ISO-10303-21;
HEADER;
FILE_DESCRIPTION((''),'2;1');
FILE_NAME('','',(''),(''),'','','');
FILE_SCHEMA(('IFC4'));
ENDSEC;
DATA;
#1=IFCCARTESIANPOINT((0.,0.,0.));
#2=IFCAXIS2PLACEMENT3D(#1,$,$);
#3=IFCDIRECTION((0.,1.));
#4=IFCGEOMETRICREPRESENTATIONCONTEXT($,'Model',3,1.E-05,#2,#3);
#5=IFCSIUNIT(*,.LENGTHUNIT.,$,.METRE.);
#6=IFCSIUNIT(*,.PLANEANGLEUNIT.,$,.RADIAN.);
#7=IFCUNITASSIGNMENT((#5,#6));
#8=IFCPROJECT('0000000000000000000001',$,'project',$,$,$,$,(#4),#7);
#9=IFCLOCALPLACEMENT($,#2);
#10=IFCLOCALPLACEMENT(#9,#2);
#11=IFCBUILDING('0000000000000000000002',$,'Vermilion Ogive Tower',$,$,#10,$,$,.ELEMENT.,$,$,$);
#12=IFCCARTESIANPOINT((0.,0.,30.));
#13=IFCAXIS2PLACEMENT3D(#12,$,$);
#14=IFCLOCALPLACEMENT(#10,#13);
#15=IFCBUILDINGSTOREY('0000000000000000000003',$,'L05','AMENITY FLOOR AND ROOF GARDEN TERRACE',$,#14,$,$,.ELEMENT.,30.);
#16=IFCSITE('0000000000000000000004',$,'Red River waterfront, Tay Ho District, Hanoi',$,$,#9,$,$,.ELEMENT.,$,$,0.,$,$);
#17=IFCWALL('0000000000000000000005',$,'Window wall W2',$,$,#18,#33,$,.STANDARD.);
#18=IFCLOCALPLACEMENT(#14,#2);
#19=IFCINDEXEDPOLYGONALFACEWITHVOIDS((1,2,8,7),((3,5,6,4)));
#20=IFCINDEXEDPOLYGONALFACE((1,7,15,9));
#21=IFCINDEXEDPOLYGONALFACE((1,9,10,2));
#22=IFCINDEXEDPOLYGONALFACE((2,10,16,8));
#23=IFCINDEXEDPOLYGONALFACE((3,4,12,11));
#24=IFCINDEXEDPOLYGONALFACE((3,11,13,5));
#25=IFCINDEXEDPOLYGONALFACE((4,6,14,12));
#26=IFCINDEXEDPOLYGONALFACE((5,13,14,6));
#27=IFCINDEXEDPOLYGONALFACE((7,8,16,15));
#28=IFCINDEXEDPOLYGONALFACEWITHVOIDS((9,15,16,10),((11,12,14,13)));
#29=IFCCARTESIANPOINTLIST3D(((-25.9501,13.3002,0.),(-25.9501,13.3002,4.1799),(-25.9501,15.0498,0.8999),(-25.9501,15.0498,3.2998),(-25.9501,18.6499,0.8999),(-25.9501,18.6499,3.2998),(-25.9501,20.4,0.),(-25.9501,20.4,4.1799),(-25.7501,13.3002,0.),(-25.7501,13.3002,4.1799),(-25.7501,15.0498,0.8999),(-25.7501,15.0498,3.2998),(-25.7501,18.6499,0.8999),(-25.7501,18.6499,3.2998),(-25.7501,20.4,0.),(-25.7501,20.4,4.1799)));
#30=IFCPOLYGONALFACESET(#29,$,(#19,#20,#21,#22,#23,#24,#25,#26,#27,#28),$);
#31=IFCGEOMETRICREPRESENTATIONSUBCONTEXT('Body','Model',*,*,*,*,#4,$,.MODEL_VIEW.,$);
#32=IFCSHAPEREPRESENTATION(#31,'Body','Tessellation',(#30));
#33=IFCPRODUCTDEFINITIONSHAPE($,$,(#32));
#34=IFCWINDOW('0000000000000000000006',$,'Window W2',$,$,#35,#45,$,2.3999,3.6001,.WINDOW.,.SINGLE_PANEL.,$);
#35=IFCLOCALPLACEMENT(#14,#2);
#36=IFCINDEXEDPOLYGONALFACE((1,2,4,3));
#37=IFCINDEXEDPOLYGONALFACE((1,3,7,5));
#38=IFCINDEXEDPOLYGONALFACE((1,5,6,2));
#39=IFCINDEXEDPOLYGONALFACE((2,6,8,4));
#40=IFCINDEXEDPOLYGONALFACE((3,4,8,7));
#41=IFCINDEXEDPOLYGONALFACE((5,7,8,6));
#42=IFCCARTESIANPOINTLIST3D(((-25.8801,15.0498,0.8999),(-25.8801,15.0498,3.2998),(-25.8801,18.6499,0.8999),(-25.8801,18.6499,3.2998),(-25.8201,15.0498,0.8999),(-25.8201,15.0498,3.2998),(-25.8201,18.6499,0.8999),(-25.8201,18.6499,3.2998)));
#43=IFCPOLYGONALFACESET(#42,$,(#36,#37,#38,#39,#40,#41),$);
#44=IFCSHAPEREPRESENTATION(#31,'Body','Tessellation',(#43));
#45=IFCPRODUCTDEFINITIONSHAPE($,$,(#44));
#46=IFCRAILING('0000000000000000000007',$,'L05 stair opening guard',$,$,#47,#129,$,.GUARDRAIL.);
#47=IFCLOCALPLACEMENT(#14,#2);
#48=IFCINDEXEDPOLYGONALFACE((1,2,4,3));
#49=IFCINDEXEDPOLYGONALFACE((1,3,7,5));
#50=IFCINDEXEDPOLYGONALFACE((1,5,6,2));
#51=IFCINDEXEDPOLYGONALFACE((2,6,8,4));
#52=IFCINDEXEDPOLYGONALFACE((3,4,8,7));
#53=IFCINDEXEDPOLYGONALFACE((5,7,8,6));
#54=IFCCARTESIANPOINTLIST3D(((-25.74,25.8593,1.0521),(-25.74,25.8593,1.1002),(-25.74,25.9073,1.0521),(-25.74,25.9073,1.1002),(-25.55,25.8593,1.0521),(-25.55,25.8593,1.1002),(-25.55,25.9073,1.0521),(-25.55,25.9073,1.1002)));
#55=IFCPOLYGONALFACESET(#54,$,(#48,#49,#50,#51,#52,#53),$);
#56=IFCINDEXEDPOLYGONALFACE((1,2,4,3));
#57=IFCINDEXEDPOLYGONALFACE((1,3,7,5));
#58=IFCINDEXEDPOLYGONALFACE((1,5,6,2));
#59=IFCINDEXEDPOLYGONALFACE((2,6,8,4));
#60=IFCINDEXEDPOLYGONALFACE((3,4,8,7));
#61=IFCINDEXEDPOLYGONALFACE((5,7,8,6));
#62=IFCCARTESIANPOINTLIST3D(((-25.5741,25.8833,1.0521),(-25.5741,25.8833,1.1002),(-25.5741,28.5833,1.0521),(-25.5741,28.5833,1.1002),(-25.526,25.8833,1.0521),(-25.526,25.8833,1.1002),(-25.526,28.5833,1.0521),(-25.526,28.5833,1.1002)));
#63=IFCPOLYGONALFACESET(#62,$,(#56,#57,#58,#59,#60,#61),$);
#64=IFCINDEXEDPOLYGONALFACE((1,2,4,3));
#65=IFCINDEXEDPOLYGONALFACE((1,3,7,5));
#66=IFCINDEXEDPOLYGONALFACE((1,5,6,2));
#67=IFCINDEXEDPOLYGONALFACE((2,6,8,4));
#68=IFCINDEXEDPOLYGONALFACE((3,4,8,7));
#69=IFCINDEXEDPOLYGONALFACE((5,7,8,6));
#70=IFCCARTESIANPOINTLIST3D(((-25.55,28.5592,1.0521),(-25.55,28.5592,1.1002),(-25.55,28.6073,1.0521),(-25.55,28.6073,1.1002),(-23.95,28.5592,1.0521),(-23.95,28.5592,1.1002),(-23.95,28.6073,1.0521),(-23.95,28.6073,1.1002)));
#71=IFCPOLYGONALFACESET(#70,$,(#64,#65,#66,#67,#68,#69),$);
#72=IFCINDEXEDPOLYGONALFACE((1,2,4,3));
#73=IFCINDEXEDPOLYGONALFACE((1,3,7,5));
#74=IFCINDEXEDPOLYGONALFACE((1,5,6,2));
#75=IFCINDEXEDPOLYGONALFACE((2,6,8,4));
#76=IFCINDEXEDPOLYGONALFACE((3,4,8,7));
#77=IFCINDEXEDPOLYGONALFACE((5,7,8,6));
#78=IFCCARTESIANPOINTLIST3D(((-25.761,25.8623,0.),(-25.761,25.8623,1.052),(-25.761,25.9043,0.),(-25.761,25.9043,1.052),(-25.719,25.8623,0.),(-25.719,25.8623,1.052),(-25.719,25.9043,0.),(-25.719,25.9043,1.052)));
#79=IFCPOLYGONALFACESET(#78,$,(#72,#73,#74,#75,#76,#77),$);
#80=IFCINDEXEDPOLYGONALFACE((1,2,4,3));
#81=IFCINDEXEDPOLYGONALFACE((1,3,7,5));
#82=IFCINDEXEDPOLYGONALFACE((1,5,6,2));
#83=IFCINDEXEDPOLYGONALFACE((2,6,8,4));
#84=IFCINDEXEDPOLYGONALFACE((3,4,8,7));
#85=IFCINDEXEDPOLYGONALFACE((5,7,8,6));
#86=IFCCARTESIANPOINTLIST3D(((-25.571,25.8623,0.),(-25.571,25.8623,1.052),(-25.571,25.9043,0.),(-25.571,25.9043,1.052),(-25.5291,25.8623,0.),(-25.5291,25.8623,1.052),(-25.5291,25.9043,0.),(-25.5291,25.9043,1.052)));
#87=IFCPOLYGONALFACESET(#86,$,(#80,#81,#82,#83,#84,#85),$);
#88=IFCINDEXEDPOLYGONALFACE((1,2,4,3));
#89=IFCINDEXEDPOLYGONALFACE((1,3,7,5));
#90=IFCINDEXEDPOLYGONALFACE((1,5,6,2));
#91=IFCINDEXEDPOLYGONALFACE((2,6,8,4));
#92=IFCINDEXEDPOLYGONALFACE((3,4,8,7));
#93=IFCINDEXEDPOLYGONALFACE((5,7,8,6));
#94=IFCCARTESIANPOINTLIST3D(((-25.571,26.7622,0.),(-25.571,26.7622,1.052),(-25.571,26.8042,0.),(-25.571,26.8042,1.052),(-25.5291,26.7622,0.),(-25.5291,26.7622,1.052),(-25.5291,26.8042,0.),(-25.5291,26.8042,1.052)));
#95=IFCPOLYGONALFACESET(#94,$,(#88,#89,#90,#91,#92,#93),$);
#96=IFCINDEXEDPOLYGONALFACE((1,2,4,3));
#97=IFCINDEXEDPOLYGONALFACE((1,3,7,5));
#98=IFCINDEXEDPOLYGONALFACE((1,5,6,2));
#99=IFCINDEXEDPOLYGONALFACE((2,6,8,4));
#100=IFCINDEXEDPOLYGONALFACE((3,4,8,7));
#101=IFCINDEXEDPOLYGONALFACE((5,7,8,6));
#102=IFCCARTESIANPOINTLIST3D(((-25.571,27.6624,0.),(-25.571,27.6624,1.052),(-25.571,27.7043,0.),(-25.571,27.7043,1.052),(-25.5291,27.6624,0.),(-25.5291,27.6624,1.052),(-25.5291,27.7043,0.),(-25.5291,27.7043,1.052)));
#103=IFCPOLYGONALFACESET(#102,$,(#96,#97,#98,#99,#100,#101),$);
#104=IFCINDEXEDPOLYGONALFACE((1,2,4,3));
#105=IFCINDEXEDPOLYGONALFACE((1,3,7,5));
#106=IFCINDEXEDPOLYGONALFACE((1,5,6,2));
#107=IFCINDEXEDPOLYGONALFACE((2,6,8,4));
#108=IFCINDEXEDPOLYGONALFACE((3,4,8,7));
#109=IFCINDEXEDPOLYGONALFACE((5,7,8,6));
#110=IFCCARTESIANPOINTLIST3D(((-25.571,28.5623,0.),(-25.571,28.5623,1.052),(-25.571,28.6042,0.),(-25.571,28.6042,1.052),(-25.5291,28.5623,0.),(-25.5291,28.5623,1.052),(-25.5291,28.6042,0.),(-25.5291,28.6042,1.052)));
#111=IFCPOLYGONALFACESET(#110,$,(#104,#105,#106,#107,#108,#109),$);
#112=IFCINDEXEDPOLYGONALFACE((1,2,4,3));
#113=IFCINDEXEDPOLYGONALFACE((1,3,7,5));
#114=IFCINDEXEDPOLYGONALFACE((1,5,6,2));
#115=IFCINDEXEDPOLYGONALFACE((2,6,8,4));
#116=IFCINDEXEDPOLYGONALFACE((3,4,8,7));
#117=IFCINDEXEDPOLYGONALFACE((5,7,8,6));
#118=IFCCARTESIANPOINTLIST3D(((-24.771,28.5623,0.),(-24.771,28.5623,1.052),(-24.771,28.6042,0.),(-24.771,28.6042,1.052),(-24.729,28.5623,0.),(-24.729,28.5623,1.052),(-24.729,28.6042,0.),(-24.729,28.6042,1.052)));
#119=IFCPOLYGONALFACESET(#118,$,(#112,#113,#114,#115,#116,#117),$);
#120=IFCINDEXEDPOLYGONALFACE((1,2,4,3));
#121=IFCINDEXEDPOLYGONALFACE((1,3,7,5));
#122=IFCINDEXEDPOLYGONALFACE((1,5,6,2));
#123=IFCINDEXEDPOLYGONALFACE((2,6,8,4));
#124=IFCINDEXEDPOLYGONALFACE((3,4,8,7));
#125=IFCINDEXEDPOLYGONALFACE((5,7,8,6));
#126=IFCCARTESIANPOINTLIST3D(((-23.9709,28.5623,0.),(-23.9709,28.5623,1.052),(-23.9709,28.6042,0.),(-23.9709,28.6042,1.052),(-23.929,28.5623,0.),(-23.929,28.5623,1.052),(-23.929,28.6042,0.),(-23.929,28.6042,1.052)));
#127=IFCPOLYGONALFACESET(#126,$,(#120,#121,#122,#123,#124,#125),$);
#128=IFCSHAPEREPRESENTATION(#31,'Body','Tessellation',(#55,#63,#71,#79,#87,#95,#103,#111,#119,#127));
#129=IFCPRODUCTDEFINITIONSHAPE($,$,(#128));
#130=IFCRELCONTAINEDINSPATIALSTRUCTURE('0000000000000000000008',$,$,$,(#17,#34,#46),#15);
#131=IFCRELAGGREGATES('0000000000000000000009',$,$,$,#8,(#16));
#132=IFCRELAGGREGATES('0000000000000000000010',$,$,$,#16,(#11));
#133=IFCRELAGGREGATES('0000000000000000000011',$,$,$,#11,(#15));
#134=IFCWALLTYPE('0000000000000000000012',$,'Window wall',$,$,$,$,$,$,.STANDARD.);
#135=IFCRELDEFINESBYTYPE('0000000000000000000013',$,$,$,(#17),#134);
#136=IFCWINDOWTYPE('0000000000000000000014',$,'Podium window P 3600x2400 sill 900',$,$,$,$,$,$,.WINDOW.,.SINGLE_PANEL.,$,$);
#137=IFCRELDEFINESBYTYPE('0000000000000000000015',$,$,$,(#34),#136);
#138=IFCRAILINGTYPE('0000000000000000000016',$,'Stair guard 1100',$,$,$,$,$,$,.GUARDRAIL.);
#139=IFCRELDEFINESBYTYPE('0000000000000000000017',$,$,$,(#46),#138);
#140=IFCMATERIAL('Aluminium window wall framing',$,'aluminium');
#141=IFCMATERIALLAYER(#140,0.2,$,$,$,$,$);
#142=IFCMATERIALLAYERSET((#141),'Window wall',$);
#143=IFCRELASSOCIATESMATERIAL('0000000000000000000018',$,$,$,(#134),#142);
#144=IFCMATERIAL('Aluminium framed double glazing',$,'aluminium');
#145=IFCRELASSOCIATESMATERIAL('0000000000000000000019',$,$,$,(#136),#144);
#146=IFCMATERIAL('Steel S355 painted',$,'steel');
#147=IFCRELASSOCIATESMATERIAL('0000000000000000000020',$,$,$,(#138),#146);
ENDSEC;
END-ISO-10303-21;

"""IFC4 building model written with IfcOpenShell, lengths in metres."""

from ifc_helpers import new_model, si_unit, direction, frame, frame_2d, origin, origin_2d, place, context, subcontext, project, spatial, rectangle, extrude, material, layer, layer_set, type_object, element, fill, save


model = new_model("IFC4")

# Units and contexts
model_context = context("Model", 3, precision=1e-05, world=origin(), true_north=direction((0.0, 1.0)))
body_context = subcontext(model_context, "Body", "Model", "MODEL_VIEW")
ifc_project = project(units=[si_unit("LENGTHUNIT", "METRE"), si_unit("PLANEANGLEUNIT", "RADIAN")], contexts=[model_context])

# Site, building, storey
site_placement = place(None, origin())
site = spatial("IfcSite", under=ifc_project, at=site_placement, Name="Red River waterfront, Tay Ho District, Hanoi", CompositionType="ELEMENT", RefElevation=0.0)
building_placement = place(site_placement, origin())
building = spatial("IfcBuilding", under=site, at=building_placement, Name="Vermilion Ogive Tower", CompositionType="ELEMENT")
storey_placement = place(building_placement, frame((0.0, 0.0, 30.0)))
storey = spatial("IfcBuildingStorey", under=building, at=storey_placement, Name="L05", Description="AMENITY FLOOR AND ROOF GARDEN TERRACE", CompositionType="ELEMENT", Elevation=30.0)

# Wall, opening, window
ifc_material_1 = material(Name="Aluminium window wall framing", Category="aluminium")
ifc_layer_1 = layer(ifc_material_1, 0.2)
ifc_layer_set_1 = layer_set([ifc_layer_1], Name="Window wall")
wall_type_1 = type_object("IfcWallType", Name="Window wall", PredefinedType="STANDARD", material=ifc_layer_set_1)
wall_1_placement = place(storey_placement, frame((-25.8501, 20.3999, 0.0), z_axis=(0.0, 0.0, 1.0), x_axis=(0.0, -1.0, 0.0)))
wall_1 = element("IfcWall", 1, at=wall_1_placement, inside=storey, type_object=wall_type_1, Name="Window wall W2", PredefinedType="STANDARD", context=body_context, shape_type="SweptSolid", body=[
    extrude(rectangle(XDim=7.0999, YDim=0.2, at=frame_2d((3.5498, 0.0))), origin(), (0.0, 0.0, 1.0), 4.1799),
])
opening_1_placement = place(wall_1_placement, frame((1.75, 0.0, 0.8999)))
opening_1 = element("IfcOpeningElement", 2, at=opening_1_placement, cuts=wall_1, PredefinedType="OPENING", context=body_context, shape_type="SweptSolid", body=[
    extrude(rectangle(XDim=3.6001, YDim=2.3999, at=frame_2d((1.8, 1.2))), frame((0.0, 0.1099, 0.0), z_axis=(0.0, -1.0, 0.0), x_axis=(1.0, 0.0, 0.0)), (0.0, 0.0, 1.0), 0.22),
])
ifc_material_2 = material(Name="Aluminium framed double glazing", Category="aluminium")
window_type = type_object("IfcWindowType", Name="Podium window P 3600x2400 sill 900", PartitioningType="SINGLE_PANEL", PredefinedType="WINDOW", material=ifc_material_2)
window_placement = place(opening_1_placement, origin())
window = element("IfcWindow", 3, at=window_placement, inside=storey, type_object=window_type, Name="Window W2", OverallHeight=2.3999, OverallWidth=3.6001, PartitioningType="SINGLE_PANEL", PredefinedType="WINDOW", context=body_context, shape_type="SweptSolid", body=[
    extrude(rectangle(XDim=3.6001, YDim=2.3999, at=frame_2d((1.8, 1.2))), frame((0.0, 0.03, 0.0), z_axis=(0.0, -1.0, 0.0), x_axis=(1.0, 0.0, 0.0)), (0.0, 0.0, 1.0), 0.0601),
])
fill(opening_1, window)

# Railing
ifc_material_3 = material(Name="Steel S355 painted", Category="steel")
railing_type = type_object("IfcRailingType", Name="Stair guard 1100", PredefinedType="GUARDRAIL", material=ifc_material_3)
railing_placement = place(storey_placement, frame((-25.74, 25.8833, 0.0)))
element("IfcRailing", 4, at=railing_placement, inside=storey, type_object=railing_type, Name="L05 stair opening guard", PredefinedType="GUARDRAIL", context=body_context, shape_type="SweptSolid", body=[
    extrude(rectangle(XDim=0.0481, YDim=0.0481, at=origin_2d()), frame((0.0, 0.0, 1.0762), z_axis=(1.0, 0.0, 0.0), x_axis=(0.0, 1.0, 0.0)), (0.0, 0.0, 1.0), 0.1899),
    extrude(rectangle(XDim=0.0481, YDim=0.0481, at=origin_2d()), frame((0.1899, 0.0, 1.0762), z_axis=(0.0, 1.0, 0.0), x_axis=(-1.0, 0.0, 0.0)), (0.0, 0.0, 1.0), 2.7),
    extrude(rectangle(XDim=0.0481, YDim=0.0481, at=origin_2d()), frame((0.1899, 2.7, 1.0762), z_axis=(1.0, 0.0, 0.0), x_axis=(0.0, 1.0, 0.0)), (0.0, 0.0, 1.0), 1.6001),
    extrude(rectangle(XDim=0.042, YDim=0.042, at=origin_2d()), origin(), (0.0, 0.0, 1.0), 1.052),
    extrude(rectangle(XDim=0.042, YDim=0.042, at=origin_2d()), frame((0.1899, 0.0, 0.0)), (0.0, 0.0, 1.0), 1.052),
    extrude(rectangle(XDim=0.042, YDim=0.042, at=origin_2d()), frame((0.1899, 0.8999, 0.0)), (0.0, 0.0, 1.0), 1.052),
    extrude(rectangle(XDim=0.042, YDim=0.042, at=origin_2d()), frame((0.1899, 1.8, 0.0)), (0.0, 0.0, 1.0), 1.052),
    extrude(rectangle(XDim=0.042, YDim=0.042, at=origin_2d()), frame((0.1899, 2.7, 0.0)), (0.0, 0.0, 1.0), 1.052),
    extrude(rectangle(XDim=0.042, YDim=0.042, at=origin_2d()), frame((0.99, 2.7, 0.0)), (0.0, 0.0, 1.0), 1.052),
    extrude(rectangle(XDim=0.042, YDim=0.042, at=origin_2d()), frame((1.79, 2.7, 0.0)), (0.0, 0.0, 1.0), 1.052),
])

save(model, "model.ifc")
